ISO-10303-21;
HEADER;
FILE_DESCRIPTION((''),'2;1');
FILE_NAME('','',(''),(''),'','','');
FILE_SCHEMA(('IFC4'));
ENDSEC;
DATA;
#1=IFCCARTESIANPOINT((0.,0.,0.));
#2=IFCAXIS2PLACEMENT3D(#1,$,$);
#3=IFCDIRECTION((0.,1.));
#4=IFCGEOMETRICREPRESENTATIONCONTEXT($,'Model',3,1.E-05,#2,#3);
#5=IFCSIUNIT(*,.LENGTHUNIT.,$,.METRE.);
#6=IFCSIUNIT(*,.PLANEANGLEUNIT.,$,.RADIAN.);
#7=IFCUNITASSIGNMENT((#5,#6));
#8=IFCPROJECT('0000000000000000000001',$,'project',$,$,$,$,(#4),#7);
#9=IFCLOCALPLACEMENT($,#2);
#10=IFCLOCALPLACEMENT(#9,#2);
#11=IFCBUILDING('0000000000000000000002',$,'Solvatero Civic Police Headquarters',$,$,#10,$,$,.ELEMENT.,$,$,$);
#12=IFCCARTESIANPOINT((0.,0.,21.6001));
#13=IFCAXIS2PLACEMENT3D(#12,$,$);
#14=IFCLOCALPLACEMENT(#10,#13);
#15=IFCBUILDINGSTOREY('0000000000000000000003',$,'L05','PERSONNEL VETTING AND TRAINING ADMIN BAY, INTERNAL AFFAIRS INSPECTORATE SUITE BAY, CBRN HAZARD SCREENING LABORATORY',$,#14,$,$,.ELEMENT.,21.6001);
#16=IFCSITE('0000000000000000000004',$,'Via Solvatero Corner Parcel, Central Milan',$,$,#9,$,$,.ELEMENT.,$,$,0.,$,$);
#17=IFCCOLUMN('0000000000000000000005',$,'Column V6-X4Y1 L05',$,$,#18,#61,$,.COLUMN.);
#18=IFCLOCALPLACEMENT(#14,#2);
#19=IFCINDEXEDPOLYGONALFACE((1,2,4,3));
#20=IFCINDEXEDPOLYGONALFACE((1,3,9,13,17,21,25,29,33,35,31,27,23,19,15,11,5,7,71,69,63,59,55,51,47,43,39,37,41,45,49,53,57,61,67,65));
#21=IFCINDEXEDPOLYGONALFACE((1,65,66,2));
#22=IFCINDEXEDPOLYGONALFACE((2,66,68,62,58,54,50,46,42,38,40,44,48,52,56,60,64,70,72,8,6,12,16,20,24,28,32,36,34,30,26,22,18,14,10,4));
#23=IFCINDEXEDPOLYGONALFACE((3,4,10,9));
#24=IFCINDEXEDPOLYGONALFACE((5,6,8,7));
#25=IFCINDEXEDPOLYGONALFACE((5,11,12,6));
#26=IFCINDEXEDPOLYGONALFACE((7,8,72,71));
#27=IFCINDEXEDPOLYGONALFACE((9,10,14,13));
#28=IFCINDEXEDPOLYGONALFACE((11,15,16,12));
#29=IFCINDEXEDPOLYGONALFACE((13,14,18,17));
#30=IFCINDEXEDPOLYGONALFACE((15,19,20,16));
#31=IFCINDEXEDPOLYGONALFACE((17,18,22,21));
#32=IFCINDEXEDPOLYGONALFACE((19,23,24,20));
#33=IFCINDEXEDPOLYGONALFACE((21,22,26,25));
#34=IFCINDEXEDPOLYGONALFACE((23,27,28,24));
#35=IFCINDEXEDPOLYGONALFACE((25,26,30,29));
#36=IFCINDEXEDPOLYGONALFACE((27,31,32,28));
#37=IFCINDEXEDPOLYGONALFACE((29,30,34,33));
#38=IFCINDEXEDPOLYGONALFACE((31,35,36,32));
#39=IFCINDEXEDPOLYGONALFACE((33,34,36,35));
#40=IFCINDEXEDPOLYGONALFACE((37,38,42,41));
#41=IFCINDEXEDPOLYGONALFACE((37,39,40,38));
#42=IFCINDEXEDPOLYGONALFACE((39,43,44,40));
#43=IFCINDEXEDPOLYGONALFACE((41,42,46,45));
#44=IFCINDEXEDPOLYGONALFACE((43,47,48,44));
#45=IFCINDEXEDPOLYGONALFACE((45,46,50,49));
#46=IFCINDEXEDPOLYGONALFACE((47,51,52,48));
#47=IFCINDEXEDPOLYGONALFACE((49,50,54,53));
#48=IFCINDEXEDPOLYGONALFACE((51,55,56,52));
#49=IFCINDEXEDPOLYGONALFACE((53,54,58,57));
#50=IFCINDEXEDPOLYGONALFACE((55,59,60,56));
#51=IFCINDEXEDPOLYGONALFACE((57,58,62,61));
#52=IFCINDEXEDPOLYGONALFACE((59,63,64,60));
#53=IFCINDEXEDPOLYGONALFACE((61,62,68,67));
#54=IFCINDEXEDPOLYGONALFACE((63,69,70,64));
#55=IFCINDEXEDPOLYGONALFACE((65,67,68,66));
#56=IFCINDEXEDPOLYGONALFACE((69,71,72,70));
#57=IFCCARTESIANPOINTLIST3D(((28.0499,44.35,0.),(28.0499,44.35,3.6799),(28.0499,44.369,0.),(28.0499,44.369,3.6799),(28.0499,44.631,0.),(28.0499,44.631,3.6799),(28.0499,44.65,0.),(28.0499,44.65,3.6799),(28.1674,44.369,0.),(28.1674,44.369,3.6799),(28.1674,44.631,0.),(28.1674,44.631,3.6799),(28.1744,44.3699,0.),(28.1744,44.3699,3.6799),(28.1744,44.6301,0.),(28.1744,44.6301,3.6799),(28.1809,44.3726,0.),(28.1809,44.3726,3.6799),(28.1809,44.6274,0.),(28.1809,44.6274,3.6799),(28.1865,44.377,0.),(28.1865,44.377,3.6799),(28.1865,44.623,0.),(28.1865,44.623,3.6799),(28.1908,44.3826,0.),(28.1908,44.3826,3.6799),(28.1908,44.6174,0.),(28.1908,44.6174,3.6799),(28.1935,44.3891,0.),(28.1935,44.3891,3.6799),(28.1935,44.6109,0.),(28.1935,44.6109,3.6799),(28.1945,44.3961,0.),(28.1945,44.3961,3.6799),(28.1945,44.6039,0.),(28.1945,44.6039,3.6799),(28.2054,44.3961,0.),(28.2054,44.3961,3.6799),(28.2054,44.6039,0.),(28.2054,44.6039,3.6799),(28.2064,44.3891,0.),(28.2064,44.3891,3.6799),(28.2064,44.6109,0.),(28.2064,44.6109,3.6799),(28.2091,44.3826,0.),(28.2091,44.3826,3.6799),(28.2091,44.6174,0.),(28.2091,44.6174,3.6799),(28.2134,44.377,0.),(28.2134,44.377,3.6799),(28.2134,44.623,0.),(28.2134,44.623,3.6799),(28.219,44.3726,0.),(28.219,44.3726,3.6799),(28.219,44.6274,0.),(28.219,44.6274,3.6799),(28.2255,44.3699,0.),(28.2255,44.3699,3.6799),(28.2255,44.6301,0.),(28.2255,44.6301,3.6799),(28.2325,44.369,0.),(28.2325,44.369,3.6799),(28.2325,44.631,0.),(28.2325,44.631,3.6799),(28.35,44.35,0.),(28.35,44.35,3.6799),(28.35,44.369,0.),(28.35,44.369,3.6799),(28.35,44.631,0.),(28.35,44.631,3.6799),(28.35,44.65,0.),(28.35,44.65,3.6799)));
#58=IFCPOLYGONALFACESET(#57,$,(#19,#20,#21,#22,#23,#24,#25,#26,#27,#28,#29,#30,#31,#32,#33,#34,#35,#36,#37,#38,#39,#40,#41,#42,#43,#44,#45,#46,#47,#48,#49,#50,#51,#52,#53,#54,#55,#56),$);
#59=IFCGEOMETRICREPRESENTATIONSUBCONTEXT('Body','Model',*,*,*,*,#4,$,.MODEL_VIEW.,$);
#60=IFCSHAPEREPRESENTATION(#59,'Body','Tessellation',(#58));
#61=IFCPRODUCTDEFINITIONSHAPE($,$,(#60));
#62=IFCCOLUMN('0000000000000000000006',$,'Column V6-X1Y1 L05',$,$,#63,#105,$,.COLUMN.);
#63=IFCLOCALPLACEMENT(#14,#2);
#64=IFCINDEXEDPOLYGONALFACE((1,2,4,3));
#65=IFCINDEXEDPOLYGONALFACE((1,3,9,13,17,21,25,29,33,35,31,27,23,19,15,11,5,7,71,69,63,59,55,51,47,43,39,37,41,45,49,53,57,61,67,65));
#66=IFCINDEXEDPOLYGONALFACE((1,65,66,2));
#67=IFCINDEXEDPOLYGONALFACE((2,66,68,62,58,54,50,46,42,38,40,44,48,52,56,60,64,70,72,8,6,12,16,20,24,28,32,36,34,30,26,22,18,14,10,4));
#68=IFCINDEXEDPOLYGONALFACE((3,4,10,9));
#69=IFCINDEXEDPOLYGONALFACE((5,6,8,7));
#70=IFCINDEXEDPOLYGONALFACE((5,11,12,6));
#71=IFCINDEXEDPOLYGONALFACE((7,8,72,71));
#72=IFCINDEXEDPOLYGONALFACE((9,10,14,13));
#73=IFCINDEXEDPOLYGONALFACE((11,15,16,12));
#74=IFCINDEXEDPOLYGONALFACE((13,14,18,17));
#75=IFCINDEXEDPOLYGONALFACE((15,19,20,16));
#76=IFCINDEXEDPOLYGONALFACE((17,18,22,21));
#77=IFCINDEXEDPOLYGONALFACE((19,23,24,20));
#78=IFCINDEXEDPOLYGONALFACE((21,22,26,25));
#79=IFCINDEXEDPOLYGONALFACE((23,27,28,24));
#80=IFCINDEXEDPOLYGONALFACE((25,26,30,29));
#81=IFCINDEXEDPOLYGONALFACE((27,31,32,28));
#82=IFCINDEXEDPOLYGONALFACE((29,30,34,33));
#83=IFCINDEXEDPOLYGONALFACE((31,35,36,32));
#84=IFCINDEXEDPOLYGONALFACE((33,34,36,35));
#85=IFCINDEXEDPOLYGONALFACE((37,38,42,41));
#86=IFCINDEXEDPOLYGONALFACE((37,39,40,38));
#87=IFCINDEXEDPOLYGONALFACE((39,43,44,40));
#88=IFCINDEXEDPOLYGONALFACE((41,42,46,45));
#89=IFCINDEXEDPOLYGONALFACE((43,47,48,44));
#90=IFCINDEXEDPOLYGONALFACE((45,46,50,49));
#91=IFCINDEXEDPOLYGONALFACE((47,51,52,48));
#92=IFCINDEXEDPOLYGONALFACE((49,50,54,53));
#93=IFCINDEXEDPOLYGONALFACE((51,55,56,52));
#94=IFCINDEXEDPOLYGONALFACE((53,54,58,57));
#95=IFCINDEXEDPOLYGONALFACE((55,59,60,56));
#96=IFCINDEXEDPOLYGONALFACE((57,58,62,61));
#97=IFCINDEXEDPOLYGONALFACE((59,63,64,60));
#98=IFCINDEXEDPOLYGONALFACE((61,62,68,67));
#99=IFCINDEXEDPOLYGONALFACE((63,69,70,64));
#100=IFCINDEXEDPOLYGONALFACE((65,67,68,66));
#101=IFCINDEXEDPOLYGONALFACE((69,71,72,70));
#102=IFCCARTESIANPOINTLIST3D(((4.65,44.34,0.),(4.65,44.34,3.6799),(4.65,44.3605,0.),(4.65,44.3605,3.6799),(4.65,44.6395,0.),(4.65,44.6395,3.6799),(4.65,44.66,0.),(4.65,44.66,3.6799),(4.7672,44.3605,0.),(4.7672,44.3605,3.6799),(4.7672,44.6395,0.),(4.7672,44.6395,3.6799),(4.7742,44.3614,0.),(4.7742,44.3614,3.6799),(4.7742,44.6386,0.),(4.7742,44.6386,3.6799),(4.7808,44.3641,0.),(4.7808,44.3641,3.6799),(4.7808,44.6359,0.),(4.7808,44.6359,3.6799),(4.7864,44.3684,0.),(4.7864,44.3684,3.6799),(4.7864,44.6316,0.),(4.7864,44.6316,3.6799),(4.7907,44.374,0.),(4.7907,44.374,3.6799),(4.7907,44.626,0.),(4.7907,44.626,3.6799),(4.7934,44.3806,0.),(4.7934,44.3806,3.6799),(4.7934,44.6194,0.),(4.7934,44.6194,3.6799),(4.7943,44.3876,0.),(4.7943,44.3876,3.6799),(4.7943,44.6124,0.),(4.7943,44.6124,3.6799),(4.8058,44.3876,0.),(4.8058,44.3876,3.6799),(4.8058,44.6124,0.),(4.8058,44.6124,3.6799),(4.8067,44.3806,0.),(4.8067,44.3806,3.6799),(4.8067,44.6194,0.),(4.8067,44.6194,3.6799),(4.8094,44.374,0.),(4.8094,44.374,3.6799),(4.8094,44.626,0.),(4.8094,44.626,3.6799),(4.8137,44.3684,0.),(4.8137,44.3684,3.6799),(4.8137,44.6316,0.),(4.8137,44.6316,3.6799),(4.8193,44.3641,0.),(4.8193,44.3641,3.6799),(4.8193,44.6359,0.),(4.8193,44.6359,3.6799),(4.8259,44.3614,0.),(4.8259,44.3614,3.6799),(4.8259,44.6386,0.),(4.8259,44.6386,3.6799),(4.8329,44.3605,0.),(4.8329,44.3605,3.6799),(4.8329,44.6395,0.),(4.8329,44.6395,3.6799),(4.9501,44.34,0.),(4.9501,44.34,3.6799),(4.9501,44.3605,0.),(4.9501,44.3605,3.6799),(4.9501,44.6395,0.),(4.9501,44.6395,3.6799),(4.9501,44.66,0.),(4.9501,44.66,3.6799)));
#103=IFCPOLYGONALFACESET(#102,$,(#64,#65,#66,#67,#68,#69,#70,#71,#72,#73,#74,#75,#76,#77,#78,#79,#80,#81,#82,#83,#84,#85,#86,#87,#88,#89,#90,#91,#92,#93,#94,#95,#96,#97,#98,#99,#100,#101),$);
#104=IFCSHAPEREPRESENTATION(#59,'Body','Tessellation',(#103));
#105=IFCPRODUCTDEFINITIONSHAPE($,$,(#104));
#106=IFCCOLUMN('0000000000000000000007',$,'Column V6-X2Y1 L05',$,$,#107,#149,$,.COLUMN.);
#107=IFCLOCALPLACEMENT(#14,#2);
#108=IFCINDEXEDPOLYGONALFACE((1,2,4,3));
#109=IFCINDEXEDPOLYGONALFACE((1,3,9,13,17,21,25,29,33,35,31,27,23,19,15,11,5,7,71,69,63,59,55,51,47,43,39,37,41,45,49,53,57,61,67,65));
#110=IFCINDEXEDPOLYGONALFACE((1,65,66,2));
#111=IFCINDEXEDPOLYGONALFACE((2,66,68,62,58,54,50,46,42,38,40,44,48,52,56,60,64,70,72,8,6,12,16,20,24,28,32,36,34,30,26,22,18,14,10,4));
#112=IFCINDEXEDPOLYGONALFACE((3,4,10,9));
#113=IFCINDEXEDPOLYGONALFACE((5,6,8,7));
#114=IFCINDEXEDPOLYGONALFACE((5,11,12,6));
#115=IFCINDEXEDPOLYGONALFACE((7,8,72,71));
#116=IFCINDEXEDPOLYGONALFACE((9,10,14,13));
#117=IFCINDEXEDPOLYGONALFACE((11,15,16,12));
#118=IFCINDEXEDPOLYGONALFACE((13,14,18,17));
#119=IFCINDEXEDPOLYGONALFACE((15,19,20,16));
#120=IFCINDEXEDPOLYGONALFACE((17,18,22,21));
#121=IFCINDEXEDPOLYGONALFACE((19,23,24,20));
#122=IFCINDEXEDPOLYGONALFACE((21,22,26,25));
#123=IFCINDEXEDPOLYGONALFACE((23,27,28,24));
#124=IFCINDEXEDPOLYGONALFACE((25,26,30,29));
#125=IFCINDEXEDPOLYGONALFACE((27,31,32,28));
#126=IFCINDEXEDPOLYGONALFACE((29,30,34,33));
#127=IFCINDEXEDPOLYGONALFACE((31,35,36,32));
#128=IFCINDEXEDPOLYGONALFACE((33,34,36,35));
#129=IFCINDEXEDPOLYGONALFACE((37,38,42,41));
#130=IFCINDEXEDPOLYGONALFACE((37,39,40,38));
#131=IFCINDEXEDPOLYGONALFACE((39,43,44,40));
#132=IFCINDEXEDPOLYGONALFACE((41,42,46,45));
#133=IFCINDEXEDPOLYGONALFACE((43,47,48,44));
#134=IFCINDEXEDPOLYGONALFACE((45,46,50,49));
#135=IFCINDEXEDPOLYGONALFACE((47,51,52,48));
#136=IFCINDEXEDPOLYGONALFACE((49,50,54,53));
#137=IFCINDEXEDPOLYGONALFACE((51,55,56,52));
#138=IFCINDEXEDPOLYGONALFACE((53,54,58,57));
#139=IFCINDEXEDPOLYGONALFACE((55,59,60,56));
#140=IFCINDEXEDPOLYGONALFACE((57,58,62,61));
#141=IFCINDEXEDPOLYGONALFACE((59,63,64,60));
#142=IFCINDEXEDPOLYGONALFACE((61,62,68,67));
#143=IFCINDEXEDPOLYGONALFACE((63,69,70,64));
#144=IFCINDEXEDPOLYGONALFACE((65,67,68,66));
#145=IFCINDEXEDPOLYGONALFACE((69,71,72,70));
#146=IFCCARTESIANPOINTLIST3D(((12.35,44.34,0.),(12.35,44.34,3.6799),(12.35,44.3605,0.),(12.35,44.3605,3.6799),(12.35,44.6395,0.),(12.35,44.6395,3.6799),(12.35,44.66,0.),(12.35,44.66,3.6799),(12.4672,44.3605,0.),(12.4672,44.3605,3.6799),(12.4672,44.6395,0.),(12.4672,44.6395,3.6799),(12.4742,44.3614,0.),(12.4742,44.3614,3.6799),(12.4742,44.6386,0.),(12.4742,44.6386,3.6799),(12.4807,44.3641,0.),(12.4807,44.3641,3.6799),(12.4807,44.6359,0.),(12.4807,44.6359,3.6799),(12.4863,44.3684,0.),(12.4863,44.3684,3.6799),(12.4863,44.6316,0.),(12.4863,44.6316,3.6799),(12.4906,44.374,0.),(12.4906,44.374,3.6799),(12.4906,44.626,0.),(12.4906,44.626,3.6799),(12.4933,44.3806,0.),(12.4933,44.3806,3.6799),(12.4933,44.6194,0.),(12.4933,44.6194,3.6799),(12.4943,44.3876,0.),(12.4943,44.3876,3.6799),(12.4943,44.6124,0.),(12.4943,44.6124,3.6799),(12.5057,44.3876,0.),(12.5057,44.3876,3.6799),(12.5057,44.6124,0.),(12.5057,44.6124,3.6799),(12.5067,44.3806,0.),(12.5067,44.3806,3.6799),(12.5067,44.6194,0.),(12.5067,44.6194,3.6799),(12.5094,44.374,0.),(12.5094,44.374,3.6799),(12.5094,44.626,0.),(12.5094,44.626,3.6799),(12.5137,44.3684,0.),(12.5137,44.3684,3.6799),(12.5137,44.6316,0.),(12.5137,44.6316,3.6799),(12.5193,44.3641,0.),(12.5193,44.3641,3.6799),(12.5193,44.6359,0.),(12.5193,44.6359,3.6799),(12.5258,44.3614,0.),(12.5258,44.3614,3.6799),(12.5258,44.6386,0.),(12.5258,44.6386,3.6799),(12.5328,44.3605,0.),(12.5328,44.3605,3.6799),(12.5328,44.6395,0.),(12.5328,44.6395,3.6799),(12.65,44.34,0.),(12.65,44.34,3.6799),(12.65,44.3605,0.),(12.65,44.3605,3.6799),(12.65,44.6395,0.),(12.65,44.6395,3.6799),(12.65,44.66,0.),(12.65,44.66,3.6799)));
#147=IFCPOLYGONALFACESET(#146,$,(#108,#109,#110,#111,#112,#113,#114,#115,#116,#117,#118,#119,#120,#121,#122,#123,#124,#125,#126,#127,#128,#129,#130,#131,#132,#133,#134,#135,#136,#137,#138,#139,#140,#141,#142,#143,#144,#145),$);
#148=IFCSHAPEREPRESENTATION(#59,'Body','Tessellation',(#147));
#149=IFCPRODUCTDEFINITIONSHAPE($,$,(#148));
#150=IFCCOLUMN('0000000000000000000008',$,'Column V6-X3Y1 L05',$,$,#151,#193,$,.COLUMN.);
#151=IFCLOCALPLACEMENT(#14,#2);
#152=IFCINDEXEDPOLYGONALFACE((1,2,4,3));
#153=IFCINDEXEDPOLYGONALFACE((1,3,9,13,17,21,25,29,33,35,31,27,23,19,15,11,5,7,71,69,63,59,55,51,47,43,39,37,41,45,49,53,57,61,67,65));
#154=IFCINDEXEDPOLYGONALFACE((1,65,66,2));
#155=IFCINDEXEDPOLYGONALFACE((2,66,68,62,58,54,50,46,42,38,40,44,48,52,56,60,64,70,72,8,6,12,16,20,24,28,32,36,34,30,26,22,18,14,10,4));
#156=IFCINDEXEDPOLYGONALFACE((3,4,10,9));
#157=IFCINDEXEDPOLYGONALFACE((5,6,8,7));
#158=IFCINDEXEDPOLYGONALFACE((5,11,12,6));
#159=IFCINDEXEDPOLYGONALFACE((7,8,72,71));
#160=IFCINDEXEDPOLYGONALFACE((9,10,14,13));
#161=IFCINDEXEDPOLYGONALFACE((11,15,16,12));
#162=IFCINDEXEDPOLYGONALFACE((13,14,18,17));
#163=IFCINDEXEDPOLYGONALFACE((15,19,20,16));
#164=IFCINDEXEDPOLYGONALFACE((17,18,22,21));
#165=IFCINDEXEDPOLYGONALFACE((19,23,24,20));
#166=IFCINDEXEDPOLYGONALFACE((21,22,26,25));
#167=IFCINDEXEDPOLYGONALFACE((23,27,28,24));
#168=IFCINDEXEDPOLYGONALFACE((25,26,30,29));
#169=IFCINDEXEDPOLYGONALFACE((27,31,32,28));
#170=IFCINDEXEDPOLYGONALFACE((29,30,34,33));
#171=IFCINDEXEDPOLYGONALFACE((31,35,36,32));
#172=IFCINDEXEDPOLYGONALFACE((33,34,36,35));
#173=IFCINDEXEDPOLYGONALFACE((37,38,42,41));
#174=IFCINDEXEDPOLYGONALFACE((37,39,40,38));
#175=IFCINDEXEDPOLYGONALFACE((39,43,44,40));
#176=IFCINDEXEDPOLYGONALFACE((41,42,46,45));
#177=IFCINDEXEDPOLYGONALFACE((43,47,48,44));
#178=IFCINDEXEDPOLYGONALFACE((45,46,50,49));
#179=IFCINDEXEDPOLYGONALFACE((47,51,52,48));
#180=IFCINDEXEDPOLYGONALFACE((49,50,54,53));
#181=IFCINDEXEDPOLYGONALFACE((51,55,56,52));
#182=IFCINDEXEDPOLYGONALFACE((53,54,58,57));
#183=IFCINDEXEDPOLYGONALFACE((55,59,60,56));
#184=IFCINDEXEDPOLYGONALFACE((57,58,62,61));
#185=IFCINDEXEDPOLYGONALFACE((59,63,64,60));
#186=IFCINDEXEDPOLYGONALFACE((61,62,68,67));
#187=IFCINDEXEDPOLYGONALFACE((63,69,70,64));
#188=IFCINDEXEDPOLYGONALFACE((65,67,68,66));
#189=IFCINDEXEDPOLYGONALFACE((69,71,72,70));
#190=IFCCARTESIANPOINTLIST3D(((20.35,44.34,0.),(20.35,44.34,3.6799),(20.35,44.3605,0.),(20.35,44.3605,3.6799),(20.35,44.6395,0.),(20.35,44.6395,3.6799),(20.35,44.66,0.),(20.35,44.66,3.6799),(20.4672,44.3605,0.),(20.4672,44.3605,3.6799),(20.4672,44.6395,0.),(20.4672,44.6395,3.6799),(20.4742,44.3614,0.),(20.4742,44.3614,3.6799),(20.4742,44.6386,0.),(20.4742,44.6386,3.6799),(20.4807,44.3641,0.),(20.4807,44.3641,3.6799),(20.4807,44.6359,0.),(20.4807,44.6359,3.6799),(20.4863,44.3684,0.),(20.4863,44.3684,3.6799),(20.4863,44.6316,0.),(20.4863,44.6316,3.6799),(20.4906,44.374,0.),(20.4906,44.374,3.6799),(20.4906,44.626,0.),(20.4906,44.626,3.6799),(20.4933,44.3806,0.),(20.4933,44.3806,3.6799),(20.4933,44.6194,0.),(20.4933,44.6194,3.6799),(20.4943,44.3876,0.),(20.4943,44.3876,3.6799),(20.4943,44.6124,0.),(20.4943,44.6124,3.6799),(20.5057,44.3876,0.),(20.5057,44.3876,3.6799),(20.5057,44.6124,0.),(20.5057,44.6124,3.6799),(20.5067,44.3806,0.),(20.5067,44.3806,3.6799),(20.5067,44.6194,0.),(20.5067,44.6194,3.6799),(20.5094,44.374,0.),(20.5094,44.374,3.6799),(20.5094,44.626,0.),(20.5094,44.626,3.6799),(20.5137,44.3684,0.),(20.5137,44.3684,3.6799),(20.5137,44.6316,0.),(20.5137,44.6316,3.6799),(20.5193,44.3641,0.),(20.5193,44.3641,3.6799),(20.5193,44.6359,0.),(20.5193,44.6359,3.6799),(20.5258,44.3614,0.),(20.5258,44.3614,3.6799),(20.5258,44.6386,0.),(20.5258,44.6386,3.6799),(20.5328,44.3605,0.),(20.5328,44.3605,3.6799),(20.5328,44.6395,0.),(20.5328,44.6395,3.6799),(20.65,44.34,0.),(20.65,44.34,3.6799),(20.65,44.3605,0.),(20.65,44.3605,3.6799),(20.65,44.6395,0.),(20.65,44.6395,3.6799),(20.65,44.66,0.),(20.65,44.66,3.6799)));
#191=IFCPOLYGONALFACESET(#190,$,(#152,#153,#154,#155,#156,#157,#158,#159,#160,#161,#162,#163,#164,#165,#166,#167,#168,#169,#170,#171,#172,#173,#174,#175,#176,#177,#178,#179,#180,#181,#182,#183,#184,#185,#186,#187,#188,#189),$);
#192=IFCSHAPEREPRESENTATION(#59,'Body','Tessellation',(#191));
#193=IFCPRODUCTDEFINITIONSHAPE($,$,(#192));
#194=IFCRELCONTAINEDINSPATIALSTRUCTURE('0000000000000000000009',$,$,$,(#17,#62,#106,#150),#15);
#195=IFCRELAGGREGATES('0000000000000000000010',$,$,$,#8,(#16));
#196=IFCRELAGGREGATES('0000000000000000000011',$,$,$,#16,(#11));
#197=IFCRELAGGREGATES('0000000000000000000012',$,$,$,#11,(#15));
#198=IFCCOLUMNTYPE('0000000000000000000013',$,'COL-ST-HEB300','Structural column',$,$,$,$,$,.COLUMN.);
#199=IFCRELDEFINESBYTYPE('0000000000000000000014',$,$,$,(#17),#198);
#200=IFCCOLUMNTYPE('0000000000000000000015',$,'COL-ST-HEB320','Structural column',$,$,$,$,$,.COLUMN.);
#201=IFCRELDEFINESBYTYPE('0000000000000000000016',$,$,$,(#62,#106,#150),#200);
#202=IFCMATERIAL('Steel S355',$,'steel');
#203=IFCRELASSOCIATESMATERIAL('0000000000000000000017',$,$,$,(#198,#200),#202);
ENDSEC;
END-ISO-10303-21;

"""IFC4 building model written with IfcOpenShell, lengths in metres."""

from ifc_helpers import new_model, si_unit, direction, frame, origin, origin_2d, place, context, subcontext, project, spatial, i_section, extrude, material, material_profile, profile_set, type_object, element, save


model = new_model("IFC4")

# Units and contexts
model_context = context("Model", 3, precision=1e-05, world=origin(), true_north=direction((0.0, 1.0)))
body_context = subcontext(model_context, "Body", "Model", "MODEL_VIEW")
ifc_project = project(units=[si_unit("LENGTHUNIT", "METRE"), si_unit("PLANEANGLEUNIT", "RADIAN")], contexts=[model_context])

# Site, building, storey
site_placement = place(None, origin())
site = spatial("IfcSite", under=ifc_project, at=site_placement, Name="Via Solvatero Corner Parcel, Central Milan", CompositionType="ELEMENT", RefElevation=0.0)
building_placement = place(site_placement, origin())
building = spatial("IfcBuilding", under=site, at=building_placement, Name="Solvatero Civic Police Headquarters", CompositionType="ELEMENT")
storey_placement = place(building_placement, frame((0.0, 0.0, 21.6001)))
storey = spatial("IfcBuildingStorey", under=building, at=storey_placement, Name="L05", Description="PERSONNEL VETTING AND TRAINING ADMIN BAY, INTERNAL AFFAIRS INSPECTORATE SUITE BAY, CBRN HAZARD SCREENING LABORATORY", CompositionType="ELEMENT", Elevation=21.6001)

# Columns
ifc_material_1 = material(Name="Steel S355", Category="steel")
ifc_material_profile_1 = material_profile(ifc_material_1, i_section(OverallWidth=0.3, OverallDepth=0.3, WebThickness=0.011, FlangeThickness=0.019, FilletRadius=0.0271, at=origin_2d()), Name="HEB 300")
ifc_profile_set_1 = profile_set([ifc_material_profile_1], Name="Steel S355")
column_type_1 = type_object("IfcColumnType", Name="COL-ST-HEB300", Description="Structural column", PredefinedType="COLUMN", material=ifc_profile_set_1)
column_placement = place(storey_placement, frame((28.2, 44.5, 0.0), z_axis=(0.0, 0.0, 1.0), x_axis=(1.0, 0.0, 0.0)))
element("IfcColumn", 1, at=column_placement, inside=storey, type_object=column_type_1, Name="Column V6-X4Y1 L05", PredefinedType="COLUMN", context=body_context, shape_type="SweptSolid", body=[
    extrude(i_section(OverallWidth=0.3, OverallDepth=0.3, WebThickness=0.011, FlangeThickness=0.019, FilletRadius=0.0271, at=origin_2d()), origin(), (0.0, 0.0, 1.0), 3.6799),
])
ifc_material_profile_2 = material_profile(ifc_material_1, i_section(OverallWidth=0.3, OverallDepth=0.3201, WebThickness=0.0115, FlangeThickness=0.0205, FilletRadius=0.0271, at=origin_2d()), Name="HEB 320")
ifc_profile_set_2 = profile_set([ifc_material_profile_2], Name="Steel S355")
column_type_2 = type_object("IfcColumnType", Name="COL-ST-HEB320", Description="Structural column", PredefinedType="COLUMN", material=ifc_profile_set_2)
for number, where, z_axis, x_axis, name in (
    (2, (4.8, 44.5, 0.0), (0.0, 0.0, 1.0), (1.0, 0.0, 0.0), "Column V6-X1Y1 L05"),
    (3, (12.5, 44.5, 0.0), (0.0, 0.0, 1.0), (1.0, 0.0, 0.0), "Column V6-X2Y1 L05"),
    (4, (20.5, 44.5, 0.0), (0.0, 0.0, 1.0), (1.0, 0.0, 0.0), "Column V6-X3Y1 L05"),
):
    element("IfcColumn", number, at=place(storey_placement, frame(where, z_axis=z_axis, x_axis=x_axis)), inside=storey, type_object=column_type_2, Name=name, PredefinedType="COLUMN", context=body_context, shape_type="SweptSolid", body=[
        extrude(i_section(OverallWidth=0.3, OverallDepth=0.3201, WebThickness=0.0115, FlangeThickness=0.0205, FilletRadius=0.0271, at=origin_2d()), origin(), (0.0, 0.0, 1.0), 3.6799),
    ])

save(model, "model.ifc")
